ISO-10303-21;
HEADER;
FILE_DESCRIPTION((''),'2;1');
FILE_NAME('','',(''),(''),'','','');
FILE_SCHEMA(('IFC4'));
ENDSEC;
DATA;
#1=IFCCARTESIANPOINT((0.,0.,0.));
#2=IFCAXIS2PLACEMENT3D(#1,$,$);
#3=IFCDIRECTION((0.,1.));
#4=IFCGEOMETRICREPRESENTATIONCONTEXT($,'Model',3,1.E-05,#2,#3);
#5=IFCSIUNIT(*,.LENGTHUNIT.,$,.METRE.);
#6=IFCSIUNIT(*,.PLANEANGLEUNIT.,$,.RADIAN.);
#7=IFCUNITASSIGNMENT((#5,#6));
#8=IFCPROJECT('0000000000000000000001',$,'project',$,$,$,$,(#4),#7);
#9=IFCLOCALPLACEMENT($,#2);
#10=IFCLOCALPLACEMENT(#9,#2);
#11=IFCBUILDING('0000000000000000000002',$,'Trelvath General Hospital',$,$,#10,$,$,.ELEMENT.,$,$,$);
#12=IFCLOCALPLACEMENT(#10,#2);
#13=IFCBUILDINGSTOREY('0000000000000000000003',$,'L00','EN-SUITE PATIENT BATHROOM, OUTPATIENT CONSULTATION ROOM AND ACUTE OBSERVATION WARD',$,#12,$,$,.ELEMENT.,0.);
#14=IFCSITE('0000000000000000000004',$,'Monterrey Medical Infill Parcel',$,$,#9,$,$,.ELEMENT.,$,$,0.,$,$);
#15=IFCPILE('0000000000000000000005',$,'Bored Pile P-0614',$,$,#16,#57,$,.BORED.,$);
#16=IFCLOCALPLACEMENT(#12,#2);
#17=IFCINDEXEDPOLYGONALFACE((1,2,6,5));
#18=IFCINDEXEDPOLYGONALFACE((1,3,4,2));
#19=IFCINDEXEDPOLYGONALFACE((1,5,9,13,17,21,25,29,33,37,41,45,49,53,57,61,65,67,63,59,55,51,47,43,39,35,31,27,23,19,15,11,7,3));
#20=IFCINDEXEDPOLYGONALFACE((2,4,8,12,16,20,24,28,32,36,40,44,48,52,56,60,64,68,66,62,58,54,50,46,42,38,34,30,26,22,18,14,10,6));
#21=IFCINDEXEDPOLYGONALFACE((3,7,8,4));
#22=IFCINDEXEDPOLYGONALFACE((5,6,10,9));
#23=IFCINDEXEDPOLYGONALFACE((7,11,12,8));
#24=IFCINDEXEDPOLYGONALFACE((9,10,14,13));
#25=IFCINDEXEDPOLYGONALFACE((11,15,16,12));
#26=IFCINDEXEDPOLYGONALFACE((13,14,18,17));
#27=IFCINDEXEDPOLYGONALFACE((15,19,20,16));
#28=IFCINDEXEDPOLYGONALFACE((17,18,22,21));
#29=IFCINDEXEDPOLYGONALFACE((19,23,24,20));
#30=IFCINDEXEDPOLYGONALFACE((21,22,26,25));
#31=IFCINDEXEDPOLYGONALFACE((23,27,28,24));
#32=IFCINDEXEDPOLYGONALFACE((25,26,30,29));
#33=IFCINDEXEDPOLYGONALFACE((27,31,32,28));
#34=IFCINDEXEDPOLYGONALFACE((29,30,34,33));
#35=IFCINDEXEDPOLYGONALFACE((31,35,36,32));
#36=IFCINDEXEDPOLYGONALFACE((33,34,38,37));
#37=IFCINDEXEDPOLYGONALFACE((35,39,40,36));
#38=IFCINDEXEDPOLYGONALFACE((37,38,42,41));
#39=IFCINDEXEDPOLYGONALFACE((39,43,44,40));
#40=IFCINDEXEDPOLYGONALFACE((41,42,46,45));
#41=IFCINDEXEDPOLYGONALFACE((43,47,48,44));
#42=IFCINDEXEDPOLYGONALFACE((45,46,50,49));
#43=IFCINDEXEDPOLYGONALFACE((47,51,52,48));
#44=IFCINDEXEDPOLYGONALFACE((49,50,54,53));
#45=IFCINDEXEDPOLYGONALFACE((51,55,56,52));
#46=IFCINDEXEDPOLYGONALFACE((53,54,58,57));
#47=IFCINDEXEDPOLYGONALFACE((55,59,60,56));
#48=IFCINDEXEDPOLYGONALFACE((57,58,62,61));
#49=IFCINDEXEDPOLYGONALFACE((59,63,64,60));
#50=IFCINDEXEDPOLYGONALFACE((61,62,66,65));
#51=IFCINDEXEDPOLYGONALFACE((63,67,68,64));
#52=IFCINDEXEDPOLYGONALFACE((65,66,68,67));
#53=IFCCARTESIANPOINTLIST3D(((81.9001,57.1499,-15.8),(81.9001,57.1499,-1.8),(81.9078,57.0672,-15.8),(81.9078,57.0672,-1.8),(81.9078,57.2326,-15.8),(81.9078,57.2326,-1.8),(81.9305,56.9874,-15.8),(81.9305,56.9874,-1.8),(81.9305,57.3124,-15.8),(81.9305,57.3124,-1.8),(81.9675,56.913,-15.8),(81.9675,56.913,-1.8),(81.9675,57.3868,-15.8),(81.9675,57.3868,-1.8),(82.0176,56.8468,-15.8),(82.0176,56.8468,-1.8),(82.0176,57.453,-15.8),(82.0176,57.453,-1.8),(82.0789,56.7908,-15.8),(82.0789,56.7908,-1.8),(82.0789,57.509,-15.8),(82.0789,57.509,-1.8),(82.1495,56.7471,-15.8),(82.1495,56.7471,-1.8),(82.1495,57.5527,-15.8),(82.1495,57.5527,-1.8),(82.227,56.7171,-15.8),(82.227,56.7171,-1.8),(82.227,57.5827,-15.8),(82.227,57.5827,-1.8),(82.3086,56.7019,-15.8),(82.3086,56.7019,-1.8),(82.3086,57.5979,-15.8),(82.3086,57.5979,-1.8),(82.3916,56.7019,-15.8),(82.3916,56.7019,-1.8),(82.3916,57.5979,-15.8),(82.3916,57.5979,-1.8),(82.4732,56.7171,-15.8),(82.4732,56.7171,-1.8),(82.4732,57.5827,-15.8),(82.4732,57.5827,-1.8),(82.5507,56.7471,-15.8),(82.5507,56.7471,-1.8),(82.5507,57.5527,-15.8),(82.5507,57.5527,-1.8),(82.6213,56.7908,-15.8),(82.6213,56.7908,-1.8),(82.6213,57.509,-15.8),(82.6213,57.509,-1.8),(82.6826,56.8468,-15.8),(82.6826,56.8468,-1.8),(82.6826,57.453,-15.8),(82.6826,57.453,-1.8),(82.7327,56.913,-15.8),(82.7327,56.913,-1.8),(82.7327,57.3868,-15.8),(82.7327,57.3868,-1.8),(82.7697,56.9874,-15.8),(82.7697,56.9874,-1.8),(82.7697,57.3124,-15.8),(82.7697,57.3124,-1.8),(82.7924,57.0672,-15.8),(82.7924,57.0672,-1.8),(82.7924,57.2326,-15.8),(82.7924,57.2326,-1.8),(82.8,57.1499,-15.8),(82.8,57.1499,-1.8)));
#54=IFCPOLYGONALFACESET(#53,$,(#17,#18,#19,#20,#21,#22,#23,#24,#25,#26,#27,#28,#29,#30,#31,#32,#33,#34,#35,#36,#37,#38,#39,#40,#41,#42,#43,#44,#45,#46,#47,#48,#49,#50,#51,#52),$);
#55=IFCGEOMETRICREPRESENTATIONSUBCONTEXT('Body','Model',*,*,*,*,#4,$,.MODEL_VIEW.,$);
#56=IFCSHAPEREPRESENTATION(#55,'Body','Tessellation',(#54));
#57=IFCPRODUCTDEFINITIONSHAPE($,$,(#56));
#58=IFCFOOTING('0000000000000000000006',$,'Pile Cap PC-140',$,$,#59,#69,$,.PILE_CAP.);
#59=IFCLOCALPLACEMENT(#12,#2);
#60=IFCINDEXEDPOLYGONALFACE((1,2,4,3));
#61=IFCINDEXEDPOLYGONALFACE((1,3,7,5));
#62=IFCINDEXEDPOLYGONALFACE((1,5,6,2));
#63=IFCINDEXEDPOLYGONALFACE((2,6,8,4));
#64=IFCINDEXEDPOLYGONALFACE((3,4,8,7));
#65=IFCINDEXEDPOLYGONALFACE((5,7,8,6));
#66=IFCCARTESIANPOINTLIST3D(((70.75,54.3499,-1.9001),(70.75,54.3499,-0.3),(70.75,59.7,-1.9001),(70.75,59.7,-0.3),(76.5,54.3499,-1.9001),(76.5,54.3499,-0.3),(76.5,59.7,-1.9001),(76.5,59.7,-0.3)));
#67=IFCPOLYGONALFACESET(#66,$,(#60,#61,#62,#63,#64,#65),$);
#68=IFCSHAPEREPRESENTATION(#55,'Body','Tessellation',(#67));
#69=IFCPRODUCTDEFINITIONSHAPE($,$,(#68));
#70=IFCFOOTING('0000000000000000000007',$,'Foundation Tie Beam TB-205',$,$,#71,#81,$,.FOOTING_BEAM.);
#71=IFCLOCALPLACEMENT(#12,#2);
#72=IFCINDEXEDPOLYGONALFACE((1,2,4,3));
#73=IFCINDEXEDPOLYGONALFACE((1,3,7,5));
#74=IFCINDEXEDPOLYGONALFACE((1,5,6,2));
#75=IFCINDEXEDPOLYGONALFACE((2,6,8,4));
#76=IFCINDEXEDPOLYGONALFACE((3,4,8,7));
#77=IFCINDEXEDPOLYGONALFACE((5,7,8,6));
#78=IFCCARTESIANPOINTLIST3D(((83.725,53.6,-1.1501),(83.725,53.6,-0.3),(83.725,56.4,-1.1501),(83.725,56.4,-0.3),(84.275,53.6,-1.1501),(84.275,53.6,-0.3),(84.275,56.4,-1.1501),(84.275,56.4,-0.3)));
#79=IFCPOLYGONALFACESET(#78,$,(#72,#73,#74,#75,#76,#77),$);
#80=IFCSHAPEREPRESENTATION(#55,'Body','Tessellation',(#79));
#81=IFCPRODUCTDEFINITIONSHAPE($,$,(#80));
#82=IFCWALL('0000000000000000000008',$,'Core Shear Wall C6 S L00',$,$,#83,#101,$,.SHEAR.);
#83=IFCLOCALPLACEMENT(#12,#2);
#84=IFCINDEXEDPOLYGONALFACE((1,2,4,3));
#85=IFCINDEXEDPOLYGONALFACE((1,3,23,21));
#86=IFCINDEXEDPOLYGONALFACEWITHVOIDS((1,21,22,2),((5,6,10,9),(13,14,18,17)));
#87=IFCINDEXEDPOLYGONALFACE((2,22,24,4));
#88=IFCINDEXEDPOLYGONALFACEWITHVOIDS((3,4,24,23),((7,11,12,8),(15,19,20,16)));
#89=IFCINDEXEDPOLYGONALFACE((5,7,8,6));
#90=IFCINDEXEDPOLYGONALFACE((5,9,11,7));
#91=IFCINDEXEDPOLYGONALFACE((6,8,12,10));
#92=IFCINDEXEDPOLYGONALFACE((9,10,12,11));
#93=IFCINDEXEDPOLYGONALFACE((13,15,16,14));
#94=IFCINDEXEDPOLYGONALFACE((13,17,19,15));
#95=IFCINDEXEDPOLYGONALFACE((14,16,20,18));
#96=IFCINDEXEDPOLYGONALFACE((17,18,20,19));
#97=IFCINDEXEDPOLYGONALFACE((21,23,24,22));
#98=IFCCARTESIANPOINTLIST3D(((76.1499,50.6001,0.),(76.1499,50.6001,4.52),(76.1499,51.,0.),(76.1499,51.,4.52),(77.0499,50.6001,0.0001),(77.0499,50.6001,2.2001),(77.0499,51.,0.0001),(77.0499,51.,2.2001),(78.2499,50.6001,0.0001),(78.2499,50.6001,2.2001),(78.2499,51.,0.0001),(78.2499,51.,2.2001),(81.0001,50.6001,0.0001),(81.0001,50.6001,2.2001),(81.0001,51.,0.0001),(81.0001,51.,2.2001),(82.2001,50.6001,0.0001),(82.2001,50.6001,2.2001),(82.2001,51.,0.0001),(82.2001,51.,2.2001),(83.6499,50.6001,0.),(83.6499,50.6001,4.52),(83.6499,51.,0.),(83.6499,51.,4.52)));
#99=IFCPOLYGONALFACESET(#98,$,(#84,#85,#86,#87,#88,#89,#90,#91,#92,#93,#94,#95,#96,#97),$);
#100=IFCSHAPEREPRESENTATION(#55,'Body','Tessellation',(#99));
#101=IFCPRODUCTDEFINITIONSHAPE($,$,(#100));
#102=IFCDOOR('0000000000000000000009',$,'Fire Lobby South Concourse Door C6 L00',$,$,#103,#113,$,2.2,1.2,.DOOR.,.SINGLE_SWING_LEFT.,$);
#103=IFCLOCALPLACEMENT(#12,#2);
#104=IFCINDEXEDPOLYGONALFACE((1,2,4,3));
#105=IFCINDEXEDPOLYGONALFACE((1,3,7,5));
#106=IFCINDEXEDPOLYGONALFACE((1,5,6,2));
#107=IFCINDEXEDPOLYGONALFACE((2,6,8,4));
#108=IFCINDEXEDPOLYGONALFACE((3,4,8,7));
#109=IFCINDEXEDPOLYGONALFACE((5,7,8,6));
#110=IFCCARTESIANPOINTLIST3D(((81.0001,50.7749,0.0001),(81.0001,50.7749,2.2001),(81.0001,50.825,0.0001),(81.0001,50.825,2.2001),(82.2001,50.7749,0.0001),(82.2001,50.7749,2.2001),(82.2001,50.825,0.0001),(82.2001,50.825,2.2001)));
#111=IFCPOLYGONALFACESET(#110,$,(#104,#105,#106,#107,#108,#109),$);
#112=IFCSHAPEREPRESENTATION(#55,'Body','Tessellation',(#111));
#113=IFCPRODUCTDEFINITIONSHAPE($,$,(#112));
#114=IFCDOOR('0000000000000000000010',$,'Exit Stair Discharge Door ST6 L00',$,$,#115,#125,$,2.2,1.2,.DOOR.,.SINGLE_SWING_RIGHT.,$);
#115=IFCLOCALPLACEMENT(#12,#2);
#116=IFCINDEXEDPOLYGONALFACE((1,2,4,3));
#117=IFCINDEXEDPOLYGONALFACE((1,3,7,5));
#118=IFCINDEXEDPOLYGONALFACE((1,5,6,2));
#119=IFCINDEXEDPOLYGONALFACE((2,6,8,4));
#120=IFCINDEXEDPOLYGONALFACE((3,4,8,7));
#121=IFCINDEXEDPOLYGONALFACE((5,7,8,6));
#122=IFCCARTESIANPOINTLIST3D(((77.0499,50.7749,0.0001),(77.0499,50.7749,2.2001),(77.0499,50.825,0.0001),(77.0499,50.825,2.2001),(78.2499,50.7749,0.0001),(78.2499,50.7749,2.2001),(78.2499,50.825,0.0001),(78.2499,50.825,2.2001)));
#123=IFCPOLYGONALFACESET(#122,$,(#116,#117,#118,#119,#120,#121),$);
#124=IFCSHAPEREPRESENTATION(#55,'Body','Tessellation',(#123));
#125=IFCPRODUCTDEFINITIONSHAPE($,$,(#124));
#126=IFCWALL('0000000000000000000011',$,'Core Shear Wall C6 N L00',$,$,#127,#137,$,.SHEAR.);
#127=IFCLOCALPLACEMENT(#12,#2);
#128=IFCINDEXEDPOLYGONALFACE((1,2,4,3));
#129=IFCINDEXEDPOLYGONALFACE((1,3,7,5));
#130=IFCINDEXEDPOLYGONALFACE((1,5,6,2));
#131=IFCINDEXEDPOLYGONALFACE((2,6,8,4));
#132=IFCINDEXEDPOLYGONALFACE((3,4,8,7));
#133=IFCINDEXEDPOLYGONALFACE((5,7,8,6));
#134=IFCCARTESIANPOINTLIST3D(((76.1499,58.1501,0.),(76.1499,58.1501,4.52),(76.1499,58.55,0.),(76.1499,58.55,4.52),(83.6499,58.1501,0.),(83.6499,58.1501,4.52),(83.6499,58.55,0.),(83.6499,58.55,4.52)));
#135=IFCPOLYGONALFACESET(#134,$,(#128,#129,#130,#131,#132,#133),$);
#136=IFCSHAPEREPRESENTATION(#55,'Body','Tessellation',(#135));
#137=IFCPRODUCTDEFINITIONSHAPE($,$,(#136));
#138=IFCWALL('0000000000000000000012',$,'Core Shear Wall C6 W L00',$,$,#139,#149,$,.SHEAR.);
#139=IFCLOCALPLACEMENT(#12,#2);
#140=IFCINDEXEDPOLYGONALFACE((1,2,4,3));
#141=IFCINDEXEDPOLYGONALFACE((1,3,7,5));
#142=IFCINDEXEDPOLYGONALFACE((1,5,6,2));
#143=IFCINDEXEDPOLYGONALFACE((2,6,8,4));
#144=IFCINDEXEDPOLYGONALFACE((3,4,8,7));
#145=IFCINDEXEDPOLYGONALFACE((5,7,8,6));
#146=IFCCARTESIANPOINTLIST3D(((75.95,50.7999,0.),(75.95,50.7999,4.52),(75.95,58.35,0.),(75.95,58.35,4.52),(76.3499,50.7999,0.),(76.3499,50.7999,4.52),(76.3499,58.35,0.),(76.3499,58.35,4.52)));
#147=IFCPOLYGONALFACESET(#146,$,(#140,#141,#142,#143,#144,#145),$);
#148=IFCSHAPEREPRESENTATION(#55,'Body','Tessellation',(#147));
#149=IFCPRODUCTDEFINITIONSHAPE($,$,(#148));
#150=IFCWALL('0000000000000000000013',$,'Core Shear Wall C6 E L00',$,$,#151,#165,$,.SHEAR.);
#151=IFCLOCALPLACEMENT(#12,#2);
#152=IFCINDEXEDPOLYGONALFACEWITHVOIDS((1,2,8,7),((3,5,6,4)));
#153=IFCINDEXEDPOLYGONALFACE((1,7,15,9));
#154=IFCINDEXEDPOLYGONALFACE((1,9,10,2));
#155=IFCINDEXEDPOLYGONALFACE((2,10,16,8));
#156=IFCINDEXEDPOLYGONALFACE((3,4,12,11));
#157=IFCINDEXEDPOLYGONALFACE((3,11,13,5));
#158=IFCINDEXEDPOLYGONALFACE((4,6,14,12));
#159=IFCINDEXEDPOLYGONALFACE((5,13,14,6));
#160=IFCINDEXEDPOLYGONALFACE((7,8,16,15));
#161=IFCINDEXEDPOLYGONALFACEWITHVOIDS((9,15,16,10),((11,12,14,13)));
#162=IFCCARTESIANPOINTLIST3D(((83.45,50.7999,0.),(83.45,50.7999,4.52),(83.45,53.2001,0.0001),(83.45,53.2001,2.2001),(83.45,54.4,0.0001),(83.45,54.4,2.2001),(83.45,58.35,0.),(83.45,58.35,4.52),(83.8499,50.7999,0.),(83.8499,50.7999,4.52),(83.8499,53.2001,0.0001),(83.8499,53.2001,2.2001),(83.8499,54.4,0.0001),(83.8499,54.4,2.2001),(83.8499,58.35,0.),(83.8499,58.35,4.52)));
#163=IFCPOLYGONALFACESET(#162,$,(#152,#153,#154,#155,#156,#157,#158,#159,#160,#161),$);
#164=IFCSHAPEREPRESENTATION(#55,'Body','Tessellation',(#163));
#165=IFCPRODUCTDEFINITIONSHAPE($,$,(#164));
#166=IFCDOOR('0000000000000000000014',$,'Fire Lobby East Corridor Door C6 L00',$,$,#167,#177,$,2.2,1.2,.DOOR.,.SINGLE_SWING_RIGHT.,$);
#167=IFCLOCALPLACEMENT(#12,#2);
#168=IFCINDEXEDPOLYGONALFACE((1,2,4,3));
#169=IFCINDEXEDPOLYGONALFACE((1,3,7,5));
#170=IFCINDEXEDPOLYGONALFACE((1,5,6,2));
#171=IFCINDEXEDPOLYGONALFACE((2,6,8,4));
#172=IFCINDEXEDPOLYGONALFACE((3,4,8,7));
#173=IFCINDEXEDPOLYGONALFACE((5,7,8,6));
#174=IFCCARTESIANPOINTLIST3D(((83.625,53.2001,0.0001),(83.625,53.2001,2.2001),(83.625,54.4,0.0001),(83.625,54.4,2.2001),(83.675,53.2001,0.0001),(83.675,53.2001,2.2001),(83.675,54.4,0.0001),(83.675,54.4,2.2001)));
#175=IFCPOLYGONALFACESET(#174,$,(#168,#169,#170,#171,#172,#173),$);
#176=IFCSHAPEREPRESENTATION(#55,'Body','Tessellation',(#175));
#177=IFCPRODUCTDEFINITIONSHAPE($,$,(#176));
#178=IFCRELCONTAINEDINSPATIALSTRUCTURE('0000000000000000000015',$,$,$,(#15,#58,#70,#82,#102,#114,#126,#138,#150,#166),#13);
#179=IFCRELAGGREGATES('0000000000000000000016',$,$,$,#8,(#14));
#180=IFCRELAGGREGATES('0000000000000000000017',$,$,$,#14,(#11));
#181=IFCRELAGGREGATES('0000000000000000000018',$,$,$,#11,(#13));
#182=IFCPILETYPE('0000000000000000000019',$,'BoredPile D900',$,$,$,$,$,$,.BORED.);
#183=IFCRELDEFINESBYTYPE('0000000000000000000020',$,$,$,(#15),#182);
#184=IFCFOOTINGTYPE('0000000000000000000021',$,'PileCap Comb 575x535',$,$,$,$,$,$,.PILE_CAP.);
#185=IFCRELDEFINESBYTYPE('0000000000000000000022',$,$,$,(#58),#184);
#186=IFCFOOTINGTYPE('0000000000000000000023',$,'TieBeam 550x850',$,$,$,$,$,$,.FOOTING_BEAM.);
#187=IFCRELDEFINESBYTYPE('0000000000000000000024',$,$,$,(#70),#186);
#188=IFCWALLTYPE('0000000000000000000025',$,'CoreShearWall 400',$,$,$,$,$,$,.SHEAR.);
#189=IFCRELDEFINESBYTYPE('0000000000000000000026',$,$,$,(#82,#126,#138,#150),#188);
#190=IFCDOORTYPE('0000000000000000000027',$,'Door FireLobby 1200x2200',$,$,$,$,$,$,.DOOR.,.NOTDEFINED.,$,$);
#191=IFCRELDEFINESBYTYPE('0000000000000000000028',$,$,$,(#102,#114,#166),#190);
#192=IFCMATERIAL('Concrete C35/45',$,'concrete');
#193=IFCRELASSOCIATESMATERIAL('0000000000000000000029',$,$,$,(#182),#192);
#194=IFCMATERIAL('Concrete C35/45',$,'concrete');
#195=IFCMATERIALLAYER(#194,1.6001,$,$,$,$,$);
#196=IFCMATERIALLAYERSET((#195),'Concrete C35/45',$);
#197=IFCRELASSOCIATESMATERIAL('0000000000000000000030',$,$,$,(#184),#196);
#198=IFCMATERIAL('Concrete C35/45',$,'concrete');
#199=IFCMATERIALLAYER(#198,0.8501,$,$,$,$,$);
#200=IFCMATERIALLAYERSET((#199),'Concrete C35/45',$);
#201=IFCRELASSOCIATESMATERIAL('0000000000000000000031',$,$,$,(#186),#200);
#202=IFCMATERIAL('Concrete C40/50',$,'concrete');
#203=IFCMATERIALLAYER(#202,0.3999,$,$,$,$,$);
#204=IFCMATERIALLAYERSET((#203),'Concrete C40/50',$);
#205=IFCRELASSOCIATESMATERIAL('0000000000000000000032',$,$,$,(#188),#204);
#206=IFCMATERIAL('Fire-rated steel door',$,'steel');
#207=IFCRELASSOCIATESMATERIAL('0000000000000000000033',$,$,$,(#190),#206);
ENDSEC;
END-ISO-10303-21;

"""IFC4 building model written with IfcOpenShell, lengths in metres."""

from ifc_helpers import new_model, si_unit, direction, frame, frame_2d, origin, origin_2d, place, context, subcontext, project, spatial, rectangle, circle, extrude, material, layer, layer_set, material_profile, profile_set, type_object, element, fill, save


model = new_model("IFC4")

# Units and contexts
model_context = context("Model", 3, precision=1e-05, world=origin(), true_north=direction((0.0, 1.0)))
body_context = subcontext(model_context, "Body", "Model", "MODEL_VIEW")
ifc_project = project(units=[si_unit("LENGTHUNIT", "METRE"), si_unit("PLANEANGLEUNIT", "RADIAN")], contexts=[model_context])

# Site, building, storey
site_placement = place(None, origin())
site = spatial("IfcSite", under=ifc_project, at=site_placement, Name="Monterrey Medical Infill Parcel", CompositionType="ELEMENT", RefElevation=0.0)
building_placement = place(site_placement, origin())
building = spatial("IfcBuilding", under=site, at=building_placement, Name="Trelvath General Hospital", CompositionType="ELEMENT")
storey_placement = place(building_placement, origin())
storey = spatial("IfcBuildingStorey", under=building, at=storey_placement, Name="L00", Description="EN-SUITE PATIENT BATHROOM, OUTPATIENT CONSULTATION ROOM AND ACUTE OBSERVATION WARD", CompositionType="ELEMENT", Elevation=0.0)

# Pile
ifc_material_1 = material(Name="Concrete C35/45", Category="concrete")
ifc_material_profile_1 = material_profile(ifc_material_1, circle(Radius=0.45, at=origin_2d()), Name="PILE900")
ifc_profile_set_1 = profile_set([ifc_material_profile_1], Name="Concrete C35/45")
pile_type_1 = type_object("IfcPileType", Name="BoredPile D900", PredefinedType="BORED", material=ifc_profile_set_1)
for number, where, z_axis, x_axis, name in (
    (1, (82.3501, 57.1499, -1.8), (0.0, 0.0, -1.0), (1.0, 0.0, 0.0), "Bored Pile P-0614"),
):
    element("IfcPile", number, at=place(storey_placement, frame(where, z_axis=z_axis, x_axis=x_axis)), inside=storey, type_object=pile_type_1, Name=name, PredefinedType="BORED", context=body_context, shape_type="SweptSolid", body=[
        extrude(circle(Radius=0.45, at=origin_2d()), origin(), (0.0, 0.0, 1.0), 14.0),
    ])

# Footings
ifc_material_2 = material(Name="Concrete C35/45", Category="concrete")
ifc_layer_1 = layer(ifc_material_2, 1.6001)
ifc_layer_set_1 = layer_set([ifc_layer_1], Name="Concrete C35/45")
footing_type_1 = type_object("IfcFootingType", Name="PileCap Comb 575x535", PredefinedType="PILE_CAP", material=ifc_layer_set_1)
footing_1_placement = place(storey_placement, frame((73.625, 57.0249, -1.9001), z_axis=(0.0, 0.0, 1.0), x_axis=(1.0, 0.0, 0.0)))
element("IfcFooting", 2, at=footing_1_placement, inside=storey, type_object=footing_type_1, Name="Pile Cap PC-140", PredefinedType="PILE_CAP", context=body_context, shape_type="SweptSolid", body=[
    extrude(rectangle(XDim=5.75, YDim=5.3501, at=origin_2d()), origin(), (0.0, 0.0, 1.0), 1.6001),
])
ifc_material_3 = material(Name="Concrete C35/45", Category="concrete")
ifc_layer_2 = layer(ifc_material_3, 0.8501)
ifc_layer_set_2 = layer_set([ifc_layer_2], Name="Concrete C35/45")
footing_type_2 = type_object("IfcFootingType", Name="TieBeam 550x850", PredefinedType="FOOTING_BEAM", material=ifc_layer_set_2)
footing_2_placement = place(storey_placement, frame((84.0, 55.0, -1.1501), z_axis=(0.0, 0.0, 1.0), x_axis=(1.0, 0.0, 0.0)))
element("IfcFooting", 3, at=footing_2_placement, inside=storey, type_object=footing_type_2, Name="Foundation Tie Beam TB-205", PredefinedType="FOOTING_BEAM", context=body_context, shape_type="SweptSolid", body=[
    extrude(rectangle(XDim=0.55, YDim=2.8, at=origin_2d()), origin(), (0.0, 0.0, 1.0), 0.8501),
])

# Wall, openings, doors
ifc_material_4 = material(Name="Concrete C40/50", Category="concrete")
ifc_layer_3 = layer(ifc_material_4, 0.3999)
ifc_layer_set_3 = layer_set([ifc_layer_3], Name="Concrete C40/50")
wall_type = type_object("IfcWallType", Name="CoreShearWall 400", PredefinedType="SHEAR", material=ifc_layer_set_3)
wall_1_placement = place(storey_placement, frame((76.1499, 50.8, 0.0), z_axis=(0.0, 0.0, 1.0), x_axis=(1.0, 0.0, 0.0)))
wall_1 = element("IfcWall", 4, at=wall_1_placement, inside=storey, type_object=wall_type, Name="Core Shear Wall C6 S L00", PredefinedType="SHEAR", context=body_context, shape_type="SweptSolid", body=[
    extrude(rectangle(XDim=7.5, YDim=0.3999, at=frame_2d((3.75, 0.0))), origin(), (0.0, 0.0, 1.0), 4.52),
])
opening_1_placement = place(wall_1_placement, frame((4.8501, 0.0, 0.0)))
opening_1 = element("IfcOpeningElement", 5, at=opening_1_placement, cuts=wall_1, PredefinedType="OPENING", context=body_context, shape_type="SweptSolid", body=[
    extrude(rectangle(XDim=1.2, YDim=2.2, at=frame_2d((0.6001, 1.1001))), frame((0.0, 0.21, 0.0), z_axis=(0.0, -1.0, 0.0), x_axis=(1.0, 0.0, 0.0)), (0.0, 0.0, 1.0), 0.4199),
])
opening_2_placement = place(wall_1_placement, frame((0.8999, 0.0, 0.0)))
opening_2 = element("IfcOpeningElement", 6, at=opening_2_placement, cuts=wall_1, PredefinedType="OPENING", context=body_context, shape_type="SweptSolid", body=[
    extrude(rectangle(XDim=1.2, YDim=2.2, at=frame_2d((0.6001, 1.1001))), frame((0.0, 0.21, 0.0), z_axis=(0.0, -1.0, 0.0), x_axis=(1.0, 0.0, 0.0)), (0.0, 0.0, 1.0), 0.4199),
])
ifc_material_5 = material(Name="Fire-rated steel door", Category="steel")
door_type_1 = type_object("IfcDoorType", Name="Door FireLobby 1200x2200", OperationType="NOTDEFINED", PredefinedType="DOOR", material=ifc_material_5)
door_1_placement = place(opening_1_placement, origin())
door_1 = element("IfcDoor", 7, at=door_1_placement, inside=storey, type_object=door_type_1, Name="Fire Lobby South Concourse Door C6 L00", OperationType="SINGLE_SWING_LEFT", OverallHeight=2.2, OverallWidth=1.2, PredefinedType="DOOR", context=body_context, shape_type="SweptSolid", body=[
    extrude(rectangle(XDim=1.2, YDim=2.2, at=frame_2d((0.6001, 1.1001))), frame((0.0, 0.0249, 0.0), z_axis=(0.0, -1.0, 0.0), x_axis=(1.0, 0.0, 0.0)), (0.0, 0.0, 1.0), 0.05),
])
fill(opening_1, door_1)
door_2_placement = place(opening_2_placement, origin())
door_2 = element("IfcDoor", 8, at=door_2_placement, inside=storey, type_object=door_type_1, Name="Exit Stair Discharge Door ST6 L00", OperationType="SINGLE_SWING_RIGHT", OverallHeight=2.2, OverallWidth=1.2, PredefinedType="DOOR", context=body_context, shape_type="SweptSolid", body=[
    extrude(rectangle(XDim=1.2, YDim=2.2, at=frame_2d((0.6001, 1.1001))), frame((0.0, 0.0249, 0.0), z_axis=(0.0, -1.0, 0.0), x_axis=(1.0, 0.0, 0.0)), (0.0, 0.0, 1.0), 0.05),
])
fill(opening_2, door_2)

# Walls
wall_2_placement = place(storey_placement, frame((76.1499, 58.3501, 0.0), z_axis=(0.0, 0.0, 1.0), x_axis=(1.0, 0.0, 0.0)))
element("IfcWall", 9, at=wall_2_placement, inside=storey, type_object=wall_type, Name="Core Shear Wall C6 N L00", PredefinedType="SHEAR", context=body_context, shape_type="SweptSolid", body=[
    extrude(rectangle(XDim=7.5, YDim=0.3999, at=frame_2d((3.75, 0.0))), origin(), (0.0, 0.0, 1.0), 4.52),
])
wall_3_placement = place(storey_placement, frame((76.1499, 50.8, 0.0), z_axis=(0.0, 0.0, 1.0), x_axis=(0.0, 1.0, 0.0)))
element("IfcWall", 10, at=wall_3_placement, inside=storey, type_object=wall_type, Name="Core Shear Wall C6 W L00", PredefinedType="SHEAR", context=body_context, shape_type="SweptSolid", body=[
    extrude(rectangle(XDim=7.55, YDim=0.3999, at=frame_2d((3.7749, 0.0))), origin(), (0.0, 0.0, 1.0), 4.52),
])

# Wall, opening, door
wall_4_placement = place(storey_placement, frame((83.6499, 50.8, 0.0), z_axis=(0.0, 0.0, 1.0), x_axis=(0.0, 1.0, 0.0)))
wall_4 = element("IfcWall", 11, at=wall_4_placement, inside=storey, type_object=wall_type, Name="Core Shear Wall C6 E L00", PredefinedType="SHEAR", context=body_context, shape_type="SweptSolid", body=[
    extrude(rectangle(XDim=7.55, YDim=0.3999, at=frame_2d((3.7749, 0.0))), origin(), (0.0, 0.0, 1.0), 4.52),
])
opening_3_placement = place(wall_4_placement, frame((2.3999, 0.0, 0.0)))
opening_3 = element("IfcOpeningElement", 12, at=opening_3_placement, cuts=wall_4, PredefinedType="OPENING", context=body_context, shape_type="SweptSolid", body=[
    extrude(rectangle(XDim=1.2, YDim=2.2, at=frame_2d((0.6001, 1.1001))), frame((0.0, 0.21, 0.0), z_axis=(0.0, -1.0, 0.0), x_axis=(1.0, 0.0, 0.0)), (0.0, 0.0, 1.0), 0.4199),
])
door_3_placement = place(opening_3_placement, origin())
door_3 = element("IfcDoor", 13, at=door_3_placement, inside=storey, type_object=door_type_1, Name="Fire Lobby East Corridor Door C6 L00", OperationType="SINGLE_SWING_RIGHT", OverallHeight=2.2, OverallWidth=1.2, PredefinedType="DOOR", context=body_context, shape_type="SweptSolid", body=[
    extrude(rectangle(XDim=1.2, YDim=2.2, at=frame_2d((0.6001, 1.1001))), frame((0.0, 0.0249, 0.0), z_axis=(0.0, -1.0, 0.0), x_axis=(1.0, 0.0, 0.0)), (0.0, 0.0, 1.0), 0.05),
])
fill(opening_3, door_3)

save(model, "model.ifc")
